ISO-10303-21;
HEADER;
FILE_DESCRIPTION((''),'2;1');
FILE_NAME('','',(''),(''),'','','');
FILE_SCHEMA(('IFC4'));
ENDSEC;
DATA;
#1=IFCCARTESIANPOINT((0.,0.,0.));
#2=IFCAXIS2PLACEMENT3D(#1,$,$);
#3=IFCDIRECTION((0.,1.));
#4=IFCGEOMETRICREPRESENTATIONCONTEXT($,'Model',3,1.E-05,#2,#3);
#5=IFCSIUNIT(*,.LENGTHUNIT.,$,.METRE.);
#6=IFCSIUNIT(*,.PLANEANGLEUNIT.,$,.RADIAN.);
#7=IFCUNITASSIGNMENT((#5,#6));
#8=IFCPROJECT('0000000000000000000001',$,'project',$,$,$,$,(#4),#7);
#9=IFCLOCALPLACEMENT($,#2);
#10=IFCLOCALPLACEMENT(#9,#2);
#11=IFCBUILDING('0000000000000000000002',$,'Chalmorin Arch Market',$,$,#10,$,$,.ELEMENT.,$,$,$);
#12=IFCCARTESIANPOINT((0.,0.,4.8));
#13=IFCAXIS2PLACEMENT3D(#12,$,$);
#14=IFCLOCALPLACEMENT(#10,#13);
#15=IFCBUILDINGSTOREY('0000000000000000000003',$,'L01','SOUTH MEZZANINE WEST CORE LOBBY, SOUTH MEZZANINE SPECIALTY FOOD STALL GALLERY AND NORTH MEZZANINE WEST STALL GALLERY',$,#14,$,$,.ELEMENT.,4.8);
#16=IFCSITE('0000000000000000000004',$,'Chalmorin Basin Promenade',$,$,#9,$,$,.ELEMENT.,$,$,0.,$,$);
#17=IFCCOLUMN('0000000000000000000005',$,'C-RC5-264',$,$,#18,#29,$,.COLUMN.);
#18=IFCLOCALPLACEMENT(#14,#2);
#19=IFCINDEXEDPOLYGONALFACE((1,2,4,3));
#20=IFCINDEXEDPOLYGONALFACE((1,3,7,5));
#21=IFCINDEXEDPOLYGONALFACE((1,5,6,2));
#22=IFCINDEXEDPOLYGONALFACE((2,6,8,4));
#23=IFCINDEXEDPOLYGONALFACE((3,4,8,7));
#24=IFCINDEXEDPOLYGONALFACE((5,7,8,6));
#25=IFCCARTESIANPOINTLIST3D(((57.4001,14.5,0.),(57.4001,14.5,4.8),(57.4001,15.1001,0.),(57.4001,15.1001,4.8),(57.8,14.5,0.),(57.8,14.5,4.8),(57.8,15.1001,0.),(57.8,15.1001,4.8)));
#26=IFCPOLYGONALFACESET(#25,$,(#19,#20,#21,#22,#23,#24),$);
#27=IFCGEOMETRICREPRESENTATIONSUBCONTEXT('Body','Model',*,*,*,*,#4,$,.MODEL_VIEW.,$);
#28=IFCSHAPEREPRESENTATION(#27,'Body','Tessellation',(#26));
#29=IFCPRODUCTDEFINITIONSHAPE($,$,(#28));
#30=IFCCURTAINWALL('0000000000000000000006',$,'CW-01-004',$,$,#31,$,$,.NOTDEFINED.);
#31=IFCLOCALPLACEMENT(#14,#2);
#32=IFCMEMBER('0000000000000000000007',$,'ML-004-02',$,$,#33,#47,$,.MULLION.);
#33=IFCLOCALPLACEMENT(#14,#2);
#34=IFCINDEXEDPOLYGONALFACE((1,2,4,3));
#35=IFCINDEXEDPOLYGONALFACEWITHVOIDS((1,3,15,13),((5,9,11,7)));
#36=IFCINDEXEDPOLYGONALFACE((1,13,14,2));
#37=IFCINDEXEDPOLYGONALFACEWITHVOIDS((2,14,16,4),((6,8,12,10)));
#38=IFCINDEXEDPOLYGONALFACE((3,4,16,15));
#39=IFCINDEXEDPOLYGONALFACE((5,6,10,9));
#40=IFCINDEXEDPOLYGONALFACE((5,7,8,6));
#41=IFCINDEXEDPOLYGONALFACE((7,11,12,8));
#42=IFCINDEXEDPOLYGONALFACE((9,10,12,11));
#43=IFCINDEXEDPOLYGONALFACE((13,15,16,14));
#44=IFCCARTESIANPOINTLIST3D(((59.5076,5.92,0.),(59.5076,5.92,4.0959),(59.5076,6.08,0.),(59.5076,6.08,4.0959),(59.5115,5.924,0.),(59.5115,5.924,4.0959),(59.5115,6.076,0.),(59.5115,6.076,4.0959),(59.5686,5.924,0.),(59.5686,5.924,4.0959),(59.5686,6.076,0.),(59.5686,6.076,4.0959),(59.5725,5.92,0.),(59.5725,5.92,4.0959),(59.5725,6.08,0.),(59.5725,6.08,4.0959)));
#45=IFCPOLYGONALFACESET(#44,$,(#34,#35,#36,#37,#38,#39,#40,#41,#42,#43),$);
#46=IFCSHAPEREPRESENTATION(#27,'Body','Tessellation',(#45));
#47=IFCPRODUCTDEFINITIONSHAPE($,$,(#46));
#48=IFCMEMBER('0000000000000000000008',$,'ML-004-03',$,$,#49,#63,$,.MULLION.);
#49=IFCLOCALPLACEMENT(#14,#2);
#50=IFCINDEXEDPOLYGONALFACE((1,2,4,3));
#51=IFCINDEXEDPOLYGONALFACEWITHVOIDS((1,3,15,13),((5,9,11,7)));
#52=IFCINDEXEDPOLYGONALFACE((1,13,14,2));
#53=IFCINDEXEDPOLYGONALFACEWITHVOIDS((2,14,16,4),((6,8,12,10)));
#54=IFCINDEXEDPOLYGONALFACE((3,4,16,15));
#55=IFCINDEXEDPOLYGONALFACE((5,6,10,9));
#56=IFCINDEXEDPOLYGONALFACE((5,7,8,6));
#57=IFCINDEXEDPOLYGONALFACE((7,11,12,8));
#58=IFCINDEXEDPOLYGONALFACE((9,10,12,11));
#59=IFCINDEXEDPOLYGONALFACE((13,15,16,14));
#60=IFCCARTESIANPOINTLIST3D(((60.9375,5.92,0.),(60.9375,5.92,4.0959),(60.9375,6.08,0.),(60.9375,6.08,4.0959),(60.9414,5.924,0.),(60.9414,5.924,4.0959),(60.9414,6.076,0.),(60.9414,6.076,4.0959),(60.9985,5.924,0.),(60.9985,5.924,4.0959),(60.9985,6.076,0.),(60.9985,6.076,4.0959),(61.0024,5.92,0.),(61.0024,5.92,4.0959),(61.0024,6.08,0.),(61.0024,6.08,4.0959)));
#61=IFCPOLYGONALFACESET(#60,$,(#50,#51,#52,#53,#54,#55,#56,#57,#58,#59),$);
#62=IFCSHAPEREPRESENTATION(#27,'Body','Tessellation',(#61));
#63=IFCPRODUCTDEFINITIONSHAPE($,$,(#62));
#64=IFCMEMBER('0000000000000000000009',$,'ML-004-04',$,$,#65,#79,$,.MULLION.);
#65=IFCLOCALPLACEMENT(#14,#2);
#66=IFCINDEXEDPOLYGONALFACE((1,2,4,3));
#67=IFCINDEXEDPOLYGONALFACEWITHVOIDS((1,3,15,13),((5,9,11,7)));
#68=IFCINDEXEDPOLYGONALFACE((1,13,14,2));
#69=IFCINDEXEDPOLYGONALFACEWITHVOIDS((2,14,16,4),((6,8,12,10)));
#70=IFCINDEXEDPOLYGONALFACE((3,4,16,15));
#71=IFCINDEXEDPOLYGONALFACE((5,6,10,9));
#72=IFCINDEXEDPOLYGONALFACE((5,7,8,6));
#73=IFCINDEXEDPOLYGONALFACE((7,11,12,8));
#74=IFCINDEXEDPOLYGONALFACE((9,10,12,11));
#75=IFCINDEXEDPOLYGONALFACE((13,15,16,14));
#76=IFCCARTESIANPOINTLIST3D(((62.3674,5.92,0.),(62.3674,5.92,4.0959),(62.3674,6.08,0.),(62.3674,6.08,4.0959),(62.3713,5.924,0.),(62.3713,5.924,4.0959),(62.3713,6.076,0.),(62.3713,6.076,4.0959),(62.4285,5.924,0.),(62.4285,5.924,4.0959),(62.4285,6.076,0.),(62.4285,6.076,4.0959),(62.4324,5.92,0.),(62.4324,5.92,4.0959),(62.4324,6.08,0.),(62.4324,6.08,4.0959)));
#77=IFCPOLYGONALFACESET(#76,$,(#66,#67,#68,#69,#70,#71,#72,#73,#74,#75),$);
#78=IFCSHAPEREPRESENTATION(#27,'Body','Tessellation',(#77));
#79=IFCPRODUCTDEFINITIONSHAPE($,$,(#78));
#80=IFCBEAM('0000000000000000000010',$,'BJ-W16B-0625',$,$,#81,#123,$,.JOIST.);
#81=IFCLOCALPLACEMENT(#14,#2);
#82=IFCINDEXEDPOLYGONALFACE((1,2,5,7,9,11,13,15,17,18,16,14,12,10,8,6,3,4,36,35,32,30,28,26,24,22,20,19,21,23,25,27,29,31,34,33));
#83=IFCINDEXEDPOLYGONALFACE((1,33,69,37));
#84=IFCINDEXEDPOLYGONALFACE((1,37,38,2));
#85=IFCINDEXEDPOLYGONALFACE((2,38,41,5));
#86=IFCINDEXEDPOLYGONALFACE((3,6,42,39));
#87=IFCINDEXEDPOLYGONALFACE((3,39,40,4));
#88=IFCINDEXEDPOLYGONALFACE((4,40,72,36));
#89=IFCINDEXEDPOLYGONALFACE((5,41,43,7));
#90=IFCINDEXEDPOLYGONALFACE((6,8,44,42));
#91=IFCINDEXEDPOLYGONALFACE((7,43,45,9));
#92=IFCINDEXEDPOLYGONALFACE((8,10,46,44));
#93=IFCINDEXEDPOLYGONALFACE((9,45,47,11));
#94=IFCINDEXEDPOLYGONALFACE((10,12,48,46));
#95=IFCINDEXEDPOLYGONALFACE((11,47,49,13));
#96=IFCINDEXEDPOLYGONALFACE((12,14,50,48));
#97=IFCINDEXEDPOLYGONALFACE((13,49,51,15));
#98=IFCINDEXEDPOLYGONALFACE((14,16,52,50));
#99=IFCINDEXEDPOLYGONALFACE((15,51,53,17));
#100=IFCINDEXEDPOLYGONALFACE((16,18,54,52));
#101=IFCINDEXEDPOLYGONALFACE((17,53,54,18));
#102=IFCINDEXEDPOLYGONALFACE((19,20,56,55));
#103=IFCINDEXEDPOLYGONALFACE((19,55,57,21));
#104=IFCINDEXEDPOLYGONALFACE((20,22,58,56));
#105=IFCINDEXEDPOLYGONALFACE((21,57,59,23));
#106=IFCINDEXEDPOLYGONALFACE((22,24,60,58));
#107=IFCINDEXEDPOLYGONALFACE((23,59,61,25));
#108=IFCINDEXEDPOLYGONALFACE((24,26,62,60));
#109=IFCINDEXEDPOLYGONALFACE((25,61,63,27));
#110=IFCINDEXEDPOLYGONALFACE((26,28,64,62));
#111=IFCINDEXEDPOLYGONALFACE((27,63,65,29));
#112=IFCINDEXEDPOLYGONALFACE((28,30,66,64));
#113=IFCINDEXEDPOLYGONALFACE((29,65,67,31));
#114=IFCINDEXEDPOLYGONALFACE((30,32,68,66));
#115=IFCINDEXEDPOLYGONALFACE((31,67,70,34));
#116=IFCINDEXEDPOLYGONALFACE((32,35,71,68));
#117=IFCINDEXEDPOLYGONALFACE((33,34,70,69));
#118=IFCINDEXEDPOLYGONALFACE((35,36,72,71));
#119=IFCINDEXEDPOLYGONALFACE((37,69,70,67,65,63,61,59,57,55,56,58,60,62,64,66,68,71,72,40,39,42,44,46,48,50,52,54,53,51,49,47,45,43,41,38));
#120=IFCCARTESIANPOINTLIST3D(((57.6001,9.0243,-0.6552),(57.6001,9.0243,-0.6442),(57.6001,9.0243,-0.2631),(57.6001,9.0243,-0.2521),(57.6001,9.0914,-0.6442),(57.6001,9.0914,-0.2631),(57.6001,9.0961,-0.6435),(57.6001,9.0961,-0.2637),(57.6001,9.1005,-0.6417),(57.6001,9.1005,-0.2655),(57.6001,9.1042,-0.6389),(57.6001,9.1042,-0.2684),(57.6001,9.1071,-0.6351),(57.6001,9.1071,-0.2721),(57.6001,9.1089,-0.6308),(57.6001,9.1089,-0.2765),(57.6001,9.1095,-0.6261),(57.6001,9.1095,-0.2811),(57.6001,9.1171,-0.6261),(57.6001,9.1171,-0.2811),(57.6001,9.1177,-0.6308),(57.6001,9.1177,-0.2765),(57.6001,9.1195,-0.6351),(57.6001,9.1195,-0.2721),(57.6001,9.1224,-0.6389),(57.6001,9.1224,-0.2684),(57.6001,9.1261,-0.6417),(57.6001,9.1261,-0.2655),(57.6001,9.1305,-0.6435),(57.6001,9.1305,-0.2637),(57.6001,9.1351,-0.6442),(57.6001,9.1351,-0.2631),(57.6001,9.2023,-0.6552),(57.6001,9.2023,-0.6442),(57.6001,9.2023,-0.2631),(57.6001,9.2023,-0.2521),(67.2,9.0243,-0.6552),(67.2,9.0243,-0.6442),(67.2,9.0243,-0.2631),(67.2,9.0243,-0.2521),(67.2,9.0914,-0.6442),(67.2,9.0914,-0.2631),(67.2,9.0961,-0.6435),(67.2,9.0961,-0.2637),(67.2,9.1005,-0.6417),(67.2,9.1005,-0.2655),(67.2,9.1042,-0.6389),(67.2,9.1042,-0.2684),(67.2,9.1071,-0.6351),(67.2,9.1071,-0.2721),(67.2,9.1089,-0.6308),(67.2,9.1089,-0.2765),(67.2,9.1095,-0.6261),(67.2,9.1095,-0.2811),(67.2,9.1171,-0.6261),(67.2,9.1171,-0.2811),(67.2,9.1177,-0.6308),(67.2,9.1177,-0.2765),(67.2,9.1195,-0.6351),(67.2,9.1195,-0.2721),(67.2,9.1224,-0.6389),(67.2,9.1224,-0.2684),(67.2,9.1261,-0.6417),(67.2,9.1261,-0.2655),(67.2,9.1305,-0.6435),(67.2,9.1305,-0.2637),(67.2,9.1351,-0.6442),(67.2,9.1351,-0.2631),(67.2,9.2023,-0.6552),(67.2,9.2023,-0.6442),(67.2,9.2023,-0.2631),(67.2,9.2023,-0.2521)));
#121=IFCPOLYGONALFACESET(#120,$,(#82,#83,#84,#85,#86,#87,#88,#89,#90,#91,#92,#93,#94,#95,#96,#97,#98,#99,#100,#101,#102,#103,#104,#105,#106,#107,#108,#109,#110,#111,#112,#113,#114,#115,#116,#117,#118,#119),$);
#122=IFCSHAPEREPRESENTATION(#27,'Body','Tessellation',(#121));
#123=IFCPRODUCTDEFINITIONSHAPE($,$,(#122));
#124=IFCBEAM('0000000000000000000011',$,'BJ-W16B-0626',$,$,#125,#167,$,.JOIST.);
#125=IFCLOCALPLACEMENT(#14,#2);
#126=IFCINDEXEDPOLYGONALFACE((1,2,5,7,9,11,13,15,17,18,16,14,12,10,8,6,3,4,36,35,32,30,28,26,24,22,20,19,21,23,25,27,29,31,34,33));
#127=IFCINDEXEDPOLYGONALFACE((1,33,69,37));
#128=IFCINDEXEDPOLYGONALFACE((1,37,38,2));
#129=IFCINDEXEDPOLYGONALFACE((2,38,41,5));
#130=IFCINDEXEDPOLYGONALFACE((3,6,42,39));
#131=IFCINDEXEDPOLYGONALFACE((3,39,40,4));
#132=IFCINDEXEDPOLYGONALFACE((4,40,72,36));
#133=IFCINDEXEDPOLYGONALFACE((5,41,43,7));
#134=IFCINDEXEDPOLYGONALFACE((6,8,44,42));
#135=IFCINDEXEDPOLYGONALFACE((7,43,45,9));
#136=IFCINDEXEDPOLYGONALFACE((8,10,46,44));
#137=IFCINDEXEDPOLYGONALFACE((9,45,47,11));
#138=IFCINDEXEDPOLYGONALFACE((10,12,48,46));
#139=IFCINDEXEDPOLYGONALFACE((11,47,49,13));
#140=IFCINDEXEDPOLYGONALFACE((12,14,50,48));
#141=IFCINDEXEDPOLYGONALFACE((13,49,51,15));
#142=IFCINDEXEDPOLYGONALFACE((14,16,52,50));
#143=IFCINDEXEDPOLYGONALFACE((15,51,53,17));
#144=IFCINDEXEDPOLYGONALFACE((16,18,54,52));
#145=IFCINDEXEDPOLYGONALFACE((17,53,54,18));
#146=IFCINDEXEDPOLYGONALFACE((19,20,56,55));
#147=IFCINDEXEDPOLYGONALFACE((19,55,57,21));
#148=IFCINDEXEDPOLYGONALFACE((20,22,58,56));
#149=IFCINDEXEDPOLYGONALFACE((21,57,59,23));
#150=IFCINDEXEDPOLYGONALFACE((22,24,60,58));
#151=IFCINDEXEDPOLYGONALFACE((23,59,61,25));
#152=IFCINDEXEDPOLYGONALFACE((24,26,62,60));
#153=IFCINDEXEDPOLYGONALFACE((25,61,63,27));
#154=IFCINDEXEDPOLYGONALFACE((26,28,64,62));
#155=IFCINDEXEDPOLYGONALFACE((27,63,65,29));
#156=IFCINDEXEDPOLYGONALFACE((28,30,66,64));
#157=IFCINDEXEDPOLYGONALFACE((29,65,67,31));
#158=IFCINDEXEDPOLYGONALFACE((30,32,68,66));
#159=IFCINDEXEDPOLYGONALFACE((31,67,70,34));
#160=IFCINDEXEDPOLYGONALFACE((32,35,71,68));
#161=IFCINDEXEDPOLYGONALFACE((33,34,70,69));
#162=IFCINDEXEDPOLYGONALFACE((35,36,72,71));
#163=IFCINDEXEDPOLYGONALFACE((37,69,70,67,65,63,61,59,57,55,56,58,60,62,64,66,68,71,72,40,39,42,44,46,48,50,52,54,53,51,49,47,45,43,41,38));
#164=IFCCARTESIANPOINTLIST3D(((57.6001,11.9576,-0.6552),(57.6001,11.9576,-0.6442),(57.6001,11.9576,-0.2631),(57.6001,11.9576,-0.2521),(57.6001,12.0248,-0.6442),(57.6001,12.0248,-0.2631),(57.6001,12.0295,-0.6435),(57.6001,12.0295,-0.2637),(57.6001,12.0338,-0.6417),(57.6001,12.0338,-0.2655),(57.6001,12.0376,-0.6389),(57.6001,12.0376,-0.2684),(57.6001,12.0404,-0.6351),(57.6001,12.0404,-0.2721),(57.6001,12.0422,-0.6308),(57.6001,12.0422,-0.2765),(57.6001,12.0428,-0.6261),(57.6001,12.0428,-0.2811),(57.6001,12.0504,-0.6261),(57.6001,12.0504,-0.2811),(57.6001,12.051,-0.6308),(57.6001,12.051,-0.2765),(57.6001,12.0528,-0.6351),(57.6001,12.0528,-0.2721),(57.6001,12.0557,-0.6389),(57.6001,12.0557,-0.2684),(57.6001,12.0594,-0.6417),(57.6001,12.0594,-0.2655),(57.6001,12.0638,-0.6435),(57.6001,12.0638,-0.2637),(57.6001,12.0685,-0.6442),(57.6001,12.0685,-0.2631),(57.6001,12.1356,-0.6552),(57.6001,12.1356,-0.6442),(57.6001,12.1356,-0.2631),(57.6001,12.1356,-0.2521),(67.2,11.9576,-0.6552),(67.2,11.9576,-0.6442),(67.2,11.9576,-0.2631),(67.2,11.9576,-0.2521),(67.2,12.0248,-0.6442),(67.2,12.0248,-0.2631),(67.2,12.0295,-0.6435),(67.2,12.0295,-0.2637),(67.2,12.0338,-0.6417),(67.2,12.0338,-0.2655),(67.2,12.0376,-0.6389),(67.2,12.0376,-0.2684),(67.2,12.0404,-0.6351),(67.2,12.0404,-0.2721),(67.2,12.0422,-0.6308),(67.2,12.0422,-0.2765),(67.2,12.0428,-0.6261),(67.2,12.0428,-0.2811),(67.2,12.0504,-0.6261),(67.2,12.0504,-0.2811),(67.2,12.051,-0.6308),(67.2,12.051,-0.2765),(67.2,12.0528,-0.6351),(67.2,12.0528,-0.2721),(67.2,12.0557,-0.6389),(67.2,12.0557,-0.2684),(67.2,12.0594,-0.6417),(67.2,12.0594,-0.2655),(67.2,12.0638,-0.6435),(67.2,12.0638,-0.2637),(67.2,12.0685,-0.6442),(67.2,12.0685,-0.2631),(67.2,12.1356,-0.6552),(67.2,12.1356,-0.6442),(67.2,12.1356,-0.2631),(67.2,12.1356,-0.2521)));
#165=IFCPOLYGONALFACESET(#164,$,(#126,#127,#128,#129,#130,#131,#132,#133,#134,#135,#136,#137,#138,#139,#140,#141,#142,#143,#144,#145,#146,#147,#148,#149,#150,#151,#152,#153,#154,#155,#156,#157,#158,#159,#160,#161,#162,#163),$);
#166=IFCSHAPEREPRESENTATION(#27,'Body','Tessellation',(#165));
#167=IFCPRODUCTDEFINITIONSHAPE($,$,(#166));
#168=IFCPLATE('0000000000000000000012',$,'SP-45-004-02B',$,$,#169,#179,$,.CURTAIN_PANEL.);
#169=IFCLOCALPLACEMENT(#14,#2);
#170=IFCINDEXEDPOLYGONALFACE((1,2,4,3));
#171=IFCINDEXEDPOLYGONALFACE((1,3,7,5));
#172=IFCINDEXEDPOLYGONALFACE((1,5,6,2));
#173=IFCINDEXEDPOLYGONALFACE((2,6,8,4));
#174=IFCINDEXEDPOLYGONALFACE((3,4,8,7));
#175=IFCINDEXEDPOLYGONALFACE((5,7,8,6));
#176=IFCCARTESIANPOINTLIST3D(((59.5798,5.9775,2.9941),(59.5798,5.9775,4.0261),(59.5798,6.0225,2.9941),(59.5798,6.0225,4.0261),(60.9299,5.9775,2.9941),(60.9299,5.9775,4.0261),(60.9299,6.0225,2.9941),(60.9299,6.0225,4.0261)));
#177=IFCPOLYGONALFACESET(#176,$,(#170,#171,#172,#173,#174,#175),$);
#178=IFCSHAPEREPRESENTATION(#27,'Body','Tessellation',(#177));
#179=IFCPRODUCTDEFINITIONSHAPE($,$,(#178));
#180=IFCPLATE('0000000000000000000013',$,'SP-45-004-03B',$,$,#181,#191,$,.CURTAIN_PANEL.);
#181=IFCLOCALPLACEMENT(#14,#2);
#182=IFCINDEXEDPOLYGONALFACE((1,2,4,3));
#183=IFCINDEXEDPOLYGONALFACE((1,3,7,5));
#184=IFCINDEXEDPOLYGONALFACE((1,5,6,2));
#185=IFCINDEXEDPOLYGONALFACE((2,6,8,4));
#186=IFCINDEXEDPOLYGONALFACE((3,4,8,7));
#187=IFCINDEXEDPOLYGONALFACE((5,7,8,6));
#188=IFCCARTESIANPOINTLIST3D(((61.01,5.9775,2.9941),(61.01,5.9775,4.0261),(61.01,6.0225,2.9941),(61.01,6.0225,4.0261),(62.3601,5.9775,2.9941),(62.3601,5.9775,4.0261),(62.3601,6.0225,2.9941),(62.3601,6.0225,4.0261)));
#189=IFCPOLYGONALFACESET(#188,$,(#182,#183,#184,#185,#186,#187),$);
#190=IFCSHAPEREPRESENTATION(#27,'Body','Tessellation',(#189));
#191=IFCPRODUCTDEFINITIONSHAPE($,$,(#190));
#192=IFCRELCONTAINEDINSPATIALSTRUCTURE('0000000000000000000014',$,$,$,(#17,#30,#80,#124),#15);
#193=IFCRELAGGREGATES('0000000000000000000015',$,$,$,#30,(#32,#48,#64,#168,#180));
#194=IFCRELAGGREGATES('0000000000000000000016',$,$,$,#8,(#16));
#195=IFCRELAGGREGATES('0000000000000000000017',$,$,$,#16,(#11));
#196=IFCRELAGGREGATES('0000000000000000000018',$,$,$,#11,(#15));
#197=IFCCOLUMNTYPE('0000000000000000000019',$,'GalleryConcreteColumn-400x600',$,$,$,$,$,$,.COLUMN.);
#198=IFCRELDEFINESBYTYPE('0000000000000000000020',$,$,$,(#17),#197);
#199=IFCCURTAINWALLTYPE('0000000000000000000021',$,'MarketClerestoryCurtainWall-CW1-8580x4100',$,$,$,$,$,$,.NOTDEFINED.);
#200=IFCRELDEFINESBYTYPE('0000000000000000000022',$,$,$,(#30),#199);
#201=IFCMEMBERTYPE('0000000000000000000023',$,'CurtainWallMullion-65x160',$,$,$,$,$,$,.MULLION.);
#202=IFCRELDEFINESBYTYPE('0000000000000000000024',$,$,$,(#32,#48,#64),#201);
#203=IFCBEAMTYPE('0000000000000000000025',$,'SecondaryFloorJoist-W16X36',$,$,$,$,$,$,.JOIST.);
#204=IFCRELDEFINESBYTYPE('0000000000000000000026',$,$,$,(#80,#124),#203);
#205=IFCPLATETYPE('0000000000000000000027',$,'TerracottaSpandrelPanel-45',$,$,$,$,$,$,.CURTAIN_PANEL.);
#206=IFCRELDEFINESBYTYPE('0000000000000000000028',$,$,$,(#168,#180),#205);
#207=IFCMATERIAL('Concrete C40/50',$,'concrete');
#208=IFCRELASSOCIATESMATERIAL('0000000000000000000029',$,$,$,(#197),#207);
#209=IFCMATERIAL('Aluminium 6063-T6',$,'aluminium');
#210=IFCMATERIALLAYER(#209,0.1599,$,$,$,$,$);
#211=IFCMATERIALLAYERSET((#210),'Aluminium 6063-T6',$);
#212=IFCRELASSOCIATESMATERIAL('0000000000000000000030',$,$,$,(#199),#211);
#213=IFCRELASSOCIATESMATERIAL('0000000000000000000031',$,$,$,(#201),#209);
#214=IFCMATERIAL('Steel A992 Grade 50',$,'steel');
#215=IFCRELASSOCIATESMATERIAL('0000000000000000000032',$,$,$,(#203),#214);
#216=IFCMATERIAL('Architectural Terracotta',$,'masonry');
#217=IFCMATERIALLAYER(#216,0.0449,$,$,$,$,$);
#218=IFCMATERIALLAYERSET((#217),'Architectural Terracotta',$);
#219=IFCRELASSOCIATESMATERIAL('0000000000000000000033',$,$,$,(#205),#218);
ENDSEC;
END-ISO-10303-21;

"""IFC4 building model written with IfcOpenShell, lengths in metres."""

from ifc_helpers import new_model, si_unit, direction, frame, origin, origin_2d, place, context, subcontext, project, spatial, rectangle, hollow_rectangle, i_section, extrude, material, layer, layer_set, material_profile, profile_set, type_object, element, aggregate, save


model = new_model("IFC4")

# Units and contexts
model_context = context("Model", 3, precision=1e-05, world=origin(), true_north=direction((0.0, 1.0)))
body_context = subcontext(model_context, "Body", "Model", "MODEL_VIEW")
ifc_project = project(units=[si_unit("LENGTHUNIT", "METRE"), si_unit("PLANEANGLEUNIT", "RADIAN")], contexts=[model_context])

# Site, building, storey
site_placement = place(None, origin())
site = spatial("IfcSite", under=ifc_project, at=site_placement, Name="Chalmorin Basin Promenade", CompositionType="ELEMENT", RefElevation=0.0)
building_placement = place(site_placement, origin())
building = spatial("IfcBuilding", under=site, at=building_placement, Name="Chalmorin Arch Market", CompositionType="ELEMENT")
storey_placement = place(building_placement, frame((0.0, 0.0, 4.8)))
storey = spatial("IfcBuildingStorey", under=building, at=storey_placement, Name="L01", Description="SOUTH MEZZANINE WEST CORE LOBBY, SOUTH MEZZANINE SPECIALTY FOOD STALL GALLERY AND NORTH MEZZANINE WEST STALL GALLERY", CompositionType="ELEMENT", Elevation=4.8)

# Column
ifc_material_1 = material(Name="Concrete C40/50", Category="concrete")
ifc_material_profile_1 = material_profile(ifc_material_1, rectangle(XDim=0.3999, YDim=0.6001, at=origin_2d()), Name="RC400X600")
ifc_profile_set_1 = profile_set([ifc_material_profile_1], Name="Concrete C40/50")
column_type = type_object("IfcColumnType", Name="GalleryConcreteColumn-400x600", PredefinedType="COLUMN", material=ifc_profile_set_1)
column_placement = place(storey_placement, frame((57.6001, 14.8, 0.0), z_axis=(0.0, 0.0, 1.0), x_axis=(1.0, 0.0, 0.0)))
element("IfcColumn", 1, at=column_placement, inside=storey, type_object=column_type, Name="C-RC5-264", PredefinedType="COLUMN", context=body_context, shape_type="SweptSolid", body=[
    extrude(rectangle(XDim=0.3999, YDim=0.6001, at=origin_2d()), origin(), (0.0, 0.0, 1.0), 4.8),
])

# Curtain wall, members
ifc_material_2 = material(Name="Aluminium 6063-T6", Category="aluminium")
ifc_layer_1 = layer(ifc_material_2, 0.1599)
ifc_layer_set_1 = layer_set([ifc_layer_1], Name="Aluminium 6063-T6")
curtain_wall_type = type_object("IfcCurtainWallType", Name="MarketClerestoryCurtainWall-CW1-8580x4100", PredefinedType="NOTDEFINED", material=ifc_layer_set_1)
curtain_wall_placement = place(storey_placement, origin())
curtain_wall = element("IfcCurtainWall", 2, at=curtain_wall_placement, inside=storey, type_object=curtain_wall_type, Name="CW-01-004", PredefinedType="NOTDEFINED")
ifc_material_profile_2 = material_profile(ifc_material_2, hollow_rectangle(XDim=0.0649, YDim=0.1599, WallThickness=0.0039, at=origin_2d()), Name="ALU65X160X4")
ifc_profile_set_2 = profile_set([ifc_material_profile_2], Name="Aluminium 6063-T6")
member_type = type_object("IfcMemberType", Name="CurtainWallMullion-65x160", PredefinedType="MULLION", material=ifc_profile_set_2)
member_1_placement = place(storey_placement, frame((59.54, 6.0, 0.0), z_axis=(0.0, 0.0, 1.0), x_axis=(1.0, 0.0, 0.0)))
member_1 = element("IfcMember", 3, at=member_1_placement, type_object=member_type, Name="ML-004-02", PredefinedType="MULLION", context=body_context, shape_type="SweptSolid", body=[
    extrude(hollow_rectangle(XDim=0.0649, YDim=0.1599, WallThickness=0.0039, at=origin_2d()), origin(), (0.0, 0.0, 1.0), 4.0959),
])
member_2_placement = place(storey_placement, frame((60.97, 6.0, 0.0), z_axis=(0.0, 0.0, 1.0), x_axis=(1.0, 0.0, 0.0)))
member_2 = element("IfcMember", 4, at=member_2_placement, type_object=member_type, Name="ML-004-03", PredefinedType="MULLION", context=body_context, shape_type="SweptSolid", body=[
    extrude(hollow_rectangle(XDim=0.0649, YDim=0.1599, WallThickness=0.0039, at=origin_2d()), origin(), (0.0, 0.0, 1.0), 4.0959),
])
member_3_placement = place(storey_placement, frame((62.3999, 6.0, 0.0), z_axis=(0.0, 0.0, 1.0), x_axis=(1.0, 0.0, 0.0)))
member_3 = element("IfcMember", 5, at=member_3_placement, type_object=member_type, Name="ML-004-04", PredefinedType="MULLION", context=body_context, shape_type="SweptSolid", body=[
    extrude(hollow_rectangle(XDim=0.0649, YDim=0.1599, WallThickness=0.0039, at=origin_2d()), origin(), (0.0, 0.0, 1.0), 4.0959),
])

# Beams
ifc_material_3 = material(Name="Steel A992 Grade 50", Category="steel")
ifc_material_profile_3 = material_profile(ifc_material_3, i_section(OverallWidth=0.178, OverallDepth=0.4031, WebThickness=0.0076, FlangeThickness=0.011, FilletRadius=0.0181, at=origin_2d()), Name="W16X36")
ifc_profile_set_3 = profile_set([ifc_material_profile_3], Name="Steel A992 Grade 50")
beam_type = type_object("IfcBeamType", Name="SecondaryFloorJoist-W16X36", PredefinedType="JOIST", material=ifc_profile_set_3)
for number, where, z_axis, x_axis, name in (
    (6, (57.6001, 9.1133, -0.4536), (1.0, 0.0, 0.0), (0.0, 1.0, 0.0), "BJ-W16B-0625"),
    (7, (57.6001, 12.0466, -0.4536), (1.0, 0.0, 0.0), (0.0, 1.0, 0.0), "BJ-W16B-0626"),
):
    element("IfcBeam", number, at=place(storey_placement, frame(where, z_axis=z_axis, x_axis=x_axis)), inside=storey, type_object=beam_type, Name=name, PredefinedType="JOIST", context=body_context, shape_type="SweptSolid", body=[
        extrude(i_section(OverallWidth=0.178, OverallDepth=0.4031, WebThickness=0.0076, FlangeThickness=0.011, FilletRadius=0.0181, at=origin_2d()), origin(), (0.0, 0.0, 1.0), 9.5999),
    ])

# Plates
ifc_material_4 = material(Name="Architectural Terracotta", Category="masonry")
ifc_layer_2 = layer(ifc_material_4, 0.0449)
ifc_layer_set_2 = layer_set([ifc_layer_2], Name="Architectural Terracotta")
plate_type_1 = type_object("IfcPlateType", Name="TerracottaSpandrelPanel-45", PredefinedType="CURTAIN_PANEL", material=ifc_layer_set_2)
plate_1_placement = place(storey_placement, frame((60.2549, 6.0, 2.9941), z_axis=(0.0, 0.0, 1.0), x_axis=(1.0, 0.0, 0.0)))
plate_1 = element("IfcPlate", 8, at=plate_1_placement, type_object=plate_type_1, Name="SP-45-004-02B", PredefinedType="CURTAIN_PANEL", context=body_context, shape_type="SweptSolid", body=[
    extrude(rectangle(XDim=1.3501, YDim=0.0449, at=origin_2d()), origin(), (0.0, 0.0, 1.0), 1.032),
])
plate_2_placement = place(storey_placement, frame((61.6851, 6.0, 2.9941), z_axis=(0.0, 0.0, 1.0), x_axis=(1.0, 0.0, 0.0)))
plate_2 = element("IfcPlate", 9, at=plate_2_placement, type_object=plate_type_1, Name="SP-45-004-03B", PredefinedType="CURTAIN_PANEL", context=body_context, shape_type="SweptSolid", body=[
    extrude(rectangle(XDim=1.3501, YDim=0.0449, at=origin_2d()), origin(), (0.0, 0.0, 1.0), 1.032),
])
aggregate(curtain_wall, [member_1, member_2, member_3, plate_1, plate_2])

save(model, "model.ifc")
